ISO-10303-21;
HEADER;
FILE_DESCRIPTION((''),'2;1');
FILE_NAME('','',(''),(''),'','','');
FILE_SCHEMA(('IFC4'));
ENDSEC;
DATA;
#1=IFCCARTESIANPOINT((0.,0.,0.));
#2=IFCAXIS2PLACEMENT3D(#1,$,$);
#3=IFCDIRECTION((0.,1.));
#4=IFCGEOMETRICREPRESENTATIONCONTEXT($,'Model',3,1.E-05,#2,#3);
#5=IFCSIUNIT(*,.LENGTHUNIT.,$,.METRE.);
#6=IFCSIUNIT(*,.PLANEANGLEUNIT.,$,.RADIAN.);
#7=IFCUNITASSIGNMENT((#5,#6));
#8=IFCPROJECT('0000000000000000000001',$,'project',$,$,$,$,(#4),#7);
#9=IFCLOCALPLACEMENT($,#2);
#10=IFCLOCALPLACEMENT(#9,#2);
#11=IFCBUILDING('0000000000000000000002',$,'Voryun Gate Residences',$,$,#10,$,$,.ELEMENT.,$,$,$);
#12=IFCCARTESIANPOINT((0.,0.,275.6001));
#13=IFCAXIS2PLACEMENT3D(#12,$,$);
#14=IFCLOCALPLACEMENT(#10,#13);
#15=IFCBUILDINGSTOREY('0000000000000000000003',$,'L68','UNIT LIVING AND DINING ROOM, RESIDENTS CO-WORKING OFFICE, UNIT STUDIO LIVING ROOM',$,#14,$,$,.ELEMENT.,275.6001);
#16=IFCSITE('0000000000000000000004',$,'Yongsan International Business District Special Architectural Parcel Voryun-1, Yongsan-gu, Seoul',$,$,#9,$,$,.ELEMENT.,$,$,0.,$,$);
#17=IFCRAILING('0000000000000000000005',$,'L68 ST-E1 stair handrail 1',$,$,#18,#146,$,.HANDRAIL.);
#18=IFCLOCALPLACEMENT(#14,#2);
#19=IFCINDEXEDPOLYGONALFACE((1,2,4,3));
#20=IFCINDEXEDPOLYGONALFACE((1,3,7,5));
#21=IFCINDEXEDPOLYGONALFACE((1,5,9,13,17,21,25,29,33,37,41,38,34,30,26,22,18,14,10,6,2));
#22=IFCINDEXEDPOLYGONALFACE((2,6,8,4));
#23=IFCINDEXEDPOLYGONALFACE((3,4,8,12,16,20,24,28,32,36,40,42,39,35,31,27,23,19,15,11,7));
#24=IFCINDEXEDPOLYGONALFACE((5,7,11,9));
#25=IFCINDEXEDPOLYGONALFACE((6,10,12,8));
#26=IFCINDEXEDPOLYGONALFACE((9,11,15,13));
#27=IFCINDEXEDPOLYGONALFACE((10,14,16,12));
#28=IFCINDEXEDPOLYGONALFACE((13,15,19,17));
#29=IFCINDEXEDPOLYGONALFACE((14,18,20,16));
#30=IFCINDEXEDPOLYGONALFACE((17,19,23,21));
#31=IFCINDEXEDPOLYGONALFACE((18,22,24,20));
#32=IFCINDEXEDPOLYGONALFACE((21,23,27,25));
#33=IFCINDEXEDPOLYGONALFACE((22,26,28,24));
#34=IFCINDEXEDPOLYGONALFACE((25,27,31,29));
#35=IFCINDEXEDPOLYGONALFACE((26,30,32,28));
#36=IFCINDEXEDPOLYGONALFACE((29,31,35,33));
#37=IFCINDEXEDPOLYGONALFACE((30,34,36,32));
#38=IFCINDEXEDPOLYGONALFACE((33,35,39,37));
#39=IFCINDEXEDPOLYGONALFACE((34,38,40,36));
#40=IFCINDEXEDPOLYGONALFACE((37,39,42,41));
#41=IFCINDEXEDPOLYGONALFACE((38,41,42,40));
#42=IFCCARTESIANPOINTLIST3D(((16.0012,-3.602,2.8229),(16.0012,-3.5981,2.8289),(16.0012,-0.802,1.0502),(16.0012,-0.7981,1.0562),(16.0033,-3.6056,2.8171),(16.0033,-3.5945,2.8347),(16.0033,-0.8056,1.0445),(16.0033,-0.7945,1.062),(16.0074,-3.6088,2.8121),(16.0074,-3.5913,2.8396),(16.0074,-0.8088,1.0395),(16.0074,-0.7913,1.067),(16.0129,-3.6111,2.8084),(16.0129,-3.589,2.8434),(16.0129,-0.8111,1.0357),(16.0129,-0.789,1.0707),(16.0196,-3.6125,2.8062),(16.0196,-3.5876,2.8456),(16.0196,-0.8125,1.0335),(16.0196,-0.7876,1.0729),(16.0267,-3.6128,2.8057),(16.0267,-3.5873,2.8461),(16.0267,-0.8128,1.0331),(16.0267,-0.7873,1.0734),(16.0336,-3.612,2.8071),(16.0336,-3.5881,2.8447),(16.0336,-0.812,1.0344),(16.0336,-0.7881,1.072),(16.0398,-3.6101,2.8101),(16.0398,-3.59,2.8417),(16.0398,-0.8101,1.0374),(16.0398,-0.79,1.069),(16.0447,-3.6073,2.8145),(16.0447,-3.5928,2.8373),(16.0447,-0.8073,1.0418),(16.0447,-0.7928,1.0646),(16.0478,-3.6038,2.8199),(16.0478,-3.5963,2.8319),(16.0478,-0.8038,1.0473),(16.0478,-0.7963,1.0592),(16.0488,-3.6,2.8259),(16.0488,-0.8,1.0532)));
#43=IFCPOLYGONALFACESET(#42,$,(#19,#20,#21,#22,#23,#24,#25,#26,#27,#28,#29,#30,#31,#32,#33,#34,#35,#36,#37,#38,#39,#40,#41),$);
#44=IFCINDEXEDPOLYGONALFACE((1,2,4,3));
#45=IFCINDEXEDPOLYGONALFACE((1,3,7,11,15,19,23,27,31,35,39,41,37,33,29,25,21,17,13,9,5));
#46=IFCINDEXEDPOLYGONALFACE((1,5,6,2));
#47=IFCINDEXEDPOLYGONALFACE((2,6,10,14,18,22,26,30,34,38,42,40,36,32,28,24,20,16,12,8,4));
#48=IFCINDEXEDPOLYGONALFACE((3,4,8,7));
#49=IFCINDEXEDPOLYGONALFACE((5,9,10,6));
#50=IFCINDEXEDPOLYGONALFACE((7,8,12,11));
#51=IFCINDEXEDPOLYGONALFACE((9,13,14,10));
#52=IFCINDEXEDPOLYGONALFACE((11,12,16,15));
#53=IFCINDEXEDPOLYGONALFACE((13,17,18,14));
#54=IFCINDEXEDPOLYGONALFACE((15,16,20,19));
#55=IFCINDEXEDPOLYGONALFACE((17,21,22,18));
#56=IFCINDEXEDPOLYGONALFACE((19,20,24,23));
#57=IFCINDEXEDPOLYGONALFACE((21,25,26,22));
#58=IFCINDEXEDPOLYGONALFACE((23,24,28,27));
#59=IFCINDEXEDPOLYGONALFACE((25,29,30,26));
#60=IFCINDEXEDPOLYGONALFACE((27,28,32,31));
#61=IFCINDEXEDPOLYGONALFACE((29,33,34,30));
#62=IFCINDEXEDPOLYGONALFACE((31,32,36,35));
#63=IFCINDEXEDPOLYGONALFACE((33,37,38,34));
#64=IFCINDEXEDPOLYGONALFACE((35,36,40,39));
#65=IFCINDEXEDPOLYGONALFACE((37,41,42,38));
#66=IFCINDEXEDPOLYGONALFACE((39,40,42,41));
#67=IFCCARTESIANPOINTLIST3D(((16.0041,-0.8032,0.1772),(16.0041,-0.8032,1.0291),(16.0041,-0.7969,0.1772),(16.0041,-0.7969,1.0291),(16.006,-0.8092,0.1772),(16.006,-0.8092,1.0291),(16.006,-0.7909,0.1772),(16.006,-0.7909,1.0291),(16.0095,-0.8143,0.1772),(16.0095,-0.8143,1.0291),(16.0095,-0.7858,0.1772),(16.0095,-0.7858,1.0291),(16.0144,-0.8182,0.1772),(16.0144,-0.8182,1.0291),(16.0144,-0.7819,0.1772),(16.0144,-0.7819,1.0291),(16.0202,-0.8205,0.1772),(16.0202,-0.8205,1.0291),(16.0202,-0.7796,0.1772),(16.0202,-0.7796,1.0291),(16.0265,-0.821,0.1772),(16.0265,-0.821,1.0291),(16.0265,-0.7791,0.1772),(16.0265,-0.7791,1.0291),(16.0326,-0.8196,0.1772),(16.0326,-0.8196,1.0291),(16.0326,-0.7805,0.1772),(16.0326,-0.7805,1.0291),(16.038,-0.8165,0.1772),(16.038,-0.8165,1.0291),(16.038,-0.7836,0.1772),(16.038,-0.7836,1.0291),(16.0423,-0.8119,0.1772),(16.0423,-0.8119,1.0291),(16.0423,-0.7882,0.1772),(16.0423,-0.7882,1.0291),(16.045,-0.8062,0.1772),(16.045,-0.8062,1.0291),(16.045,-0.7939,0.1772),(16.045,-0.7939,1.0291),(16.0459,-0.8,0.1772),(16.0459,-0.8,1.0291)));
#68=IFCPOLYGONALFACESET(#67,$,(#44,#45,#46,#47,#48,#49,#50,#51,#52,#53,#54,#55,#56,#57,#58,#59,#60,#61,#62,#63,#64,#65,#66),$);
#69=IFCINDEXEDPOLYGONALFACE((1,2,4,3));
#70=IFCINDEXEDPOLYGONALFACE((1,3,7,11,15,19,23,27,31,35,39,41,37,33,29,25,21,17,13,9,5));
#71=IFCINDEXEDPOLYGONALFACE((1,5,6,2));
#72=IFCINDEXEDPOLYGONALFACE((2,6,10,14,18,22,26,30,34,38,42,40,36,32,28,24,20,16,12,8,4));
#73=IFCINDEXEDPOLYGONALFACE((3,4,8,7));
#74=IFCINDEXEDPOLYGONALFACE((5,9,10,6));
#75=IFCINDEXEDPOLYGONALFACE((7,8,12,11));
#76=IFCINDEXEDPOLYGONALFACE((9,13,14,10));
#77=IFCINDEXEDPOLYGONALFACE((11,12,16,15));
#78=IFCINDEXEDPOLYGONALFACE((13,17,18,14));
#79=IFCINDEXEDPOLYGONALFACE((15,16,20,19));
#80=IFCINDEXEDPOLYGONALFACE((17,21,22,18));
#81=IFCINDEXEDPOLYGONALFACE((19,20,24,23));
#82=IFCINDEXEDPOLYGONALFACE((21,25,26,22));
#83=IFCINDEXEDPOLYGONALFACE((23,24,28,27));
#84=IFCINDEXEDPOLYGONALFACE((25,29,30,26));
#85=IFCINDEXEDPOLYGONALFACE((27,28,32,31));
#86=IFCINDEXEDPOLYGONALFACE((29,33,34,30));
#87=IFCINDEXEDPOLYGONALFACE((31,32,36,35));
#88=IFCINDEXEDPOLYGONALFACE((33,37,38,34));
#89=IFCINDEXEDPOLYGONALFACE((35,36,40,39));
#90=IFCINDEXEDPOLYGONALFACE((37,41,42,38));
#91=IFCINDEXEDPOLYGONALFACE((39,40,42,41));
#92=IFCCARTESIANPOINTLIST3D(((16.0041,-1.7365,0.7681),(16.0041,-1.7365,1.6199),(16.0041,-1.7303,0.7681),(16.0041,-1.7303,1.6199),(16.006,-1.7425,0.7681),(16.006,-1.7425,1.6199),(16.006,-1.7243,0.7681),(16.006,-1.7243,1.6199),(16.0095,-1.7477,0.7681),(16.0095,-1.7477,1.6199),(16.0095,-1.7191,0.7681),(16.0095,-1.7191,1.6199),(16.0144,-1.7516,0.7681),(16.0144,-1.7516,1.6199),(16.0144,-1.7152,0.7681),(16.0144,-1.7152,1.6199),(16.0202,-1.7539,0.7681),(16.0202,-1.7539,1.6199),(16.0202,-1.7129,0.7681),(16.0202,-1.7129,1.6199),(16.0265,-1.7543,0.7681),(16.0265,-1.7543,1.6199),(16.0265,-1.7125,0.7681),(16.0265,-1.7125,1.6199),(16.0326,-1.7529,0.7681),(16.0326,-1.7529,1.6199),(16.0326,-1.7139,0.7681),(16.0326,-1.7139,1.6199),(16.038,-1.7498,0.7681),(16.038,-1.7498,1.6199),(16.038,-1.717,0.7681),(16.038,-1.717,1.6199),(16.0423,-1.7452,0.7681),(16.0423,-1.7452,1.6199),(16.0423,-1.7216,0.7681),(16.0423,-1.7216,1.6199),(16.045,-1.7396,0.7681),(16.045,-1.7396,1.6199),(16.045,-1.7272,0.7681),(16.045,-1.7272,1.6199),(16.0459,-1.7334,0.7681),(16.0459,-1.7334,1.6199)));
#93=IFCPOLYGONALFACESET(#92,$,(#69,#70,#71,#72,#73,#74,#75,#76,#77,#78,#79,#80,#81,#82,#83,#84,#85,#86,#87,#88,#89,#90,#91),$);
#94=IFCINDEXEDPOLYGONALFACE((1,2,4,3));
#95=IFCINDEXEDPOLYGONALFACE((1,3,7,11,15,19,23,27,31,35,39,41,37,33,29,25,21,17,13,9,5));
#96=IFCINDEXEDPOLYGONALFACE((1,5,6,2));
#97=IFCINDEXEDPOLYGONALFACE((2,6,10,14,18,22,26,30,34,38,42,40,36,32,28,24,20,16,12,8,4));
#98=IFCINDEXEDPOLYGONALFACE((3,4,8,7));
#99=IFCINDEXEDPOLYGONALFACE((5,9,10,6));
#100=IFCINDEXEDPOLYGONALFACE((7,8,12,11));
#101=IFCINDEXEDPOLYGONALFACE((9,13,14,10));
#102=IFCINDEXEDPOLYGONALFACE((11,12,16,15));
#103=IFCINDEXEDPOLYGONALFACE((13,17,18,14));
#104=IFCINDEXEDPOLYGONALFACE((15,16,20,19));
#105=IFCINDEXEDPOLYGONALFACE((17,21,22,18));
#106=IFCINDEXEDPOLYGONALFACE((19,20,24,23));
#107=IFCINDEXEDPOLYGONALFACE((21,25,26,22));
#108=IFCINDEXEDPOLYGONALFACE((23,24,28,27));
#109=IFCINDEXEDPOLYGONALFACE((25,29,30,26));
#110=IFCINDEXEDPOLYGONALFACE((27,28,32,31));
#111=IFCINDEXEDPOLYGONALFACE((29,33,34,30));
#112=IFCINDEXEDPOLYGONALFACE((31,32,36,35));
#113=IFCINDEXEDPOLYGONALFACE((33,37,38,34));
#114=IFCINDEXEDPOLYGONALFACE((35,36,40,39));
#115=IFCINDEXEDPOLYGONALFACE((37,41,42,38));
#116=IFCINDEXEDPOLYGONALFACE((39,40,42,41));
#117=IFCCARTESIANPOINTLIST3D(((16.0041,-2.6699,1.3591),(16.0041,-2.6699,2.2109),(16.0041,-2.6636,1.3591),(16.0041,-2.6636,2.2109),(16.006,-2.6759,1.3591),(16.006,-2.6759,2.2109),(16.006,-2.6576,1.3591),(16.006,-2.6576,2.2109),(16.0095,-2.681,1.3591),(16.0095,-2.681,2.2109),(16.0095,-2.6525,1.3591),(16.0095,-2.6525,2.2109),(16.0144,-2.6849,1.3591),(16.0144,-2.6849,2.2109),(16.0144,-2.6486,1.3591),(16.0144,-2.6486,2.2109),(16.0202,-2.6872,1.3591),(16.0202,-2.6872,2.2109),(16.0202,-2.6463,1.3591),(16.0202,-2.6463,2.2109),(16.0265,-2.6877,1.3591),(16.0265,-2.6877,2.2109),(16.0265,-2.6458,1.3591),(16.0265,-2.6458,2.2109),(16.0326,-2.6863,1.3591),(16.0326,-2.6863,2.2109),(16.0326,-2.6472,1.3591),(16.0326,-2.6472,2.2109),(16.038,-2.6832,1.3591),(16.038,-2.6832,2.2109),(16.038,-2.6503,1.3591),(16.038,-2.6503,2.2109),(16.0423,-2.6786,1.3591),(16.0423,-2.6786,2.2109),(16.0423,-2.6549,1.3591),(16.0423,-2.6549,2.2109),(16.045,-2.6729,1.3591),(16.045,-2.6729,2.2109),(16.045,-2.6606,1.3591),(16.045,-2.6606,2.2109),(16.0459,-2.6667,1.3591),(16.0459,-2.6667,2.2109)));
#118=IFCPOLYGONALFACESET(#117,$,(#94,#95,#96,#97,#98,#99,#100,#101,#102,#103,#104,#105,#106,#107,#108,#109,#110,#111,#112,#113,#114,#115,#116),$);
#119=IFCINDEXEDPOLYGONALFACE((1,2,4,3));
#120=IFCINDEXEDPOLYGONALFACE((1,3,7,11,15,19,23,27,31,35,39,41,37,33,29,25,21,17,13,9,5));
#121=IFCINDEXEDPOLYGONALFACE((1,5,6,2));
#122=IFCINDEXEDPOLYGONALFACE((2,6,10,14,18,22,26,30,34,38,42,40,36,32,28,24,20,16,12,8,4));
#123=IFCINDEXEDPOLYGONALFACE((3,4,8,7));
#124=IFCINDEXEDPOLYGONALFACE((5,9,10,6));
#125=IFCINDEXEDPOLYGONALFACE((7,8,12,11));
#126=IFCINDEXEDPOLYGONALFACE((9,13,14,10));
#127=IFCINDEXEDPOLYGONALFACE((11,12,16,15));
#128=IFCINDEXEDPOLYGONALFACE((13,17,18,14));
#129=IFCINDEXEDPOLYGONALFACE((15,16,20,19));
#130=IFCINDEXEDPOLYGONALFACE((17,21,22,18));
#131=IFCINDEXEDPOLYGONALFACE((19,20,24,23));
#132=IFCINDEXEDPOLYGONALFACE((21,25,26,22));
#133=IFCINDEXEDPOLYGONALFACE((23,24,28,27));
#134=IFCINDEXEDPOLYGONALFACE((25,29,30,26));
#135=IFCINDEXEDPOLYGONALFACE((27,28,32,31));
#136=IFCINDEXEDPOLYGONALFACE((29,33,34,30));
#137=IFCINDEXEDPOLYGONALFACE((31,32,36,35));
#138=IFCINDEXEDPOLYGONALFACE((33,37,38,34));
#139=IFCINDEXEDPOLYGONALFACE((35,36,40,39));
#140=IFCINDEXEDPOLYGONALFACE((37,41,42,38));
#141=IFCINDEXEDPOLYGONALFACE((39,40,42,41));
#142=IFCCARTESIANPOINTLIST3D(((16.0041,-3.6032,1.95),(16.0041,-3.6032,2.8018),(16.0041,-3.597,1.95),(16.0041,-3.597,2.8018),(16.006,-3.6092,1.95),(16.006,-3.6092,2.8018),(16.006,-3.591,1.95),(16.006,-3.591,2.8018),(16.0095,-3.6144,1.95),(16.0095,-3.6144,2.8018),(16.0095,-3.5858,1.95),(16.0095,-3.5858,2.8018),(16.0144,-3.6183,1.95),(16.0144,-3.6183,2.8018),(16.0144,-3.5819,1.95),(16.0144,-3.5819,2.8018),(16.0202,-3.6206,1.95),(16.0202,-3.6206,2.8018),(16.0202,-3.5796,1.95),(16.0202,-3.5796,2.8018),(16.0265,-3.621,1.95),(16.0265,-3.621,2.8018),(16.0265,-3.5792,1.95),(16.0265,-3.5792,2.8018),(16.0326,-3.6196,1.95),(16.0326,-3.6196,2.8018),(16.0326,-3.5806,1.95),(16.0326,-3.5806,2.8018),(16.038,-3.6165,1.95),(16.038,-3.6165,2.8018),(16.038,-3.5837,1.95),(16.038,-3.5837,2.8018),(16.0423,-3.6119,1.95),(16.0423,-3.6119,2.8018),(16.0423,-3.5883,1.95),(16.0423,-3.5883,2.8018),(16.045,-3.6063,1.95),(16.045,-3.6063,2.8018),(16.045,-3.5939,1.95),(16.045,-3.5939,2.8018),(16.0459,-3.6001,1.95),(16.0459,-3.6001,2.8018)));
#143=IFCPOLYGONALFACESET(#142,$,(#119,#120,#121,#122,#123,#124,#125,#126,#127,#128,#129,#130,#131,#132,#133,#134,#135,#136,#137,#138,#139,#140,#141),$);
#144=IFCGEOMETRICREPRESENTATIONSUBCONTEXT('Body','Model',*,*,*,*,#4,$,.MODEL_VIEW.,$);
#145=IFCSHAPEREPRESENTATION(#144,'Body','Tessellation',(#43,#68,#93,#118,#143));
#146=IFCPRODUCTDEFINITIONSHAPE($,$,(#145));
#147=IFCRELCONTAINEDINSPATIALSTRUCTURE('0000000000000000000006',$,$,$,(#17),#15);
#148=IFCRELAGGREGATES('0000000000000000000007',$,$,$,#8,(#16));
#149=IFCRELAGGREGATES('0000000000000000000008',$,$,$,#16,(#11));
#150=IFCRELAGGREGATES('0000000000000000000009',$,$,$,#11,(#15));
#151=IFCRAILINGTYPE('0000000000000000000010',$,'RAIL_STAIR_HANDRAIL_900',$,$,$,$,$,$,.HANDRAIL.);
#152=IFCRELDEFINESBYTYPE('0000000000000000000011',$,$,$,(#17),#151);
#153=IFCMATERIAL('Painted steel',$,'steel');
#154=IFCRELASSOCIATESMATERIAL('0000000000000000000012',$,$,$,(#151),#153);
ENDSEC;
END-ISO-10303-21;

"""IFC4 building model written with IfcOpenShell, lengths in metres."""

from ifc_helpers import new_model, si_unit, direction, frame, origin, origin_2d, place, context, subcontext, project, spatial, circle, extrude, material, type_object, element, save


model = new_model("IFC4")

# Units and contexts
model_context = context("Model", 3, precision=1e-05, world=origin(), true_north=direction((0.0, 1.0)))
body_context = subcontext(model_context, "Body", "Model", "MODEL_VIEW")
ifc_project = project(units=[si_unit("LENGTHUNIT", "METRE"), si_unit("PLANEANGLEUNIT", "RADIAN")], contexts=[model_context])

# Site, building, storey
site_placement = place(None, origin())
site = spatial("IfcSite", under=ifc_project, at=site_placement, Name="Yongsan International Business District Special Architectural Parcel Voryun-1, Yongsan-gu, Seoul", CompositionType="ELEMENT", RefElevation=0.0)
building_placement = place(site_placement, origin())
building = spatial("IfcBuilding", under=site, at=building_placement, Name="Voryun Gate Residences", CompositionType="ELEMENT")
storey_placement = place(building_placement, frame((0.0, 0.0, 275.6001)))
storey = spatial("IfcBuildingStorey", under=building, at=storey_placement, Name="L68", Description="UNIT LIVING AND DINING ROOM, RESIDENTS CO-WORKING OFFICE, UNIT STUDIO LIVING ROOM", CompositionType="ELEMENT", Elevation=275.6001)

# Railing
ifc_material_1 = material(Name="Painted steel", Category="steel")
railing_type_1 = type_object("IfcRailingType", Name="RAIL_STAIR_HANDRAIL_900", PredefinedType="HANDRAIL", material=ifc_material_1)
railing_1_placement = place(storey_placement, frame((16.0249, -0.8, 0.1772)))
element("IfcRailing", 1, at=railing_1_placement, inside=storey, type_object=railing_type_1, Name="L68 ST-E1 stair handrail 1", PredefinedType="HANDRAIL", context=body_context, shape_type="SweptSolid", body=[
    extrude(circle(Radius=0.0239, at=origin_2d()), frame((0.0, 0.0, 0.876), z_axis=(0.0, -0.844909, 0.53491), x_axis=(1.0, 0.0, 0.0)), (0.0, 0.0, 1.0), 3.314),
    extrude(circle(Radius=0.021, at=origin_2d()), origin(), (0.0, 0.0, 1.0), 0.8518),
    extrude(circle(Radius=0.021, at=origin_2d()), frame((0.0, -0.9333, 0.5908)), (0.0, 0.0, 1.0), 0.8518),
    extrude(circle(Radius=0.021, at=origin_2d()), frame((0.0, -1.8667, 1.1819)), (0.0, 0.0, 1.0), 0.8518),
    extrude(circle(Radius=0.021, at=origin_2d()), frame((0.0, -2.8, 1.7727)), (0.0, 0.0, 1.0), 0.8518),
])

save(model, "model.ifc")
